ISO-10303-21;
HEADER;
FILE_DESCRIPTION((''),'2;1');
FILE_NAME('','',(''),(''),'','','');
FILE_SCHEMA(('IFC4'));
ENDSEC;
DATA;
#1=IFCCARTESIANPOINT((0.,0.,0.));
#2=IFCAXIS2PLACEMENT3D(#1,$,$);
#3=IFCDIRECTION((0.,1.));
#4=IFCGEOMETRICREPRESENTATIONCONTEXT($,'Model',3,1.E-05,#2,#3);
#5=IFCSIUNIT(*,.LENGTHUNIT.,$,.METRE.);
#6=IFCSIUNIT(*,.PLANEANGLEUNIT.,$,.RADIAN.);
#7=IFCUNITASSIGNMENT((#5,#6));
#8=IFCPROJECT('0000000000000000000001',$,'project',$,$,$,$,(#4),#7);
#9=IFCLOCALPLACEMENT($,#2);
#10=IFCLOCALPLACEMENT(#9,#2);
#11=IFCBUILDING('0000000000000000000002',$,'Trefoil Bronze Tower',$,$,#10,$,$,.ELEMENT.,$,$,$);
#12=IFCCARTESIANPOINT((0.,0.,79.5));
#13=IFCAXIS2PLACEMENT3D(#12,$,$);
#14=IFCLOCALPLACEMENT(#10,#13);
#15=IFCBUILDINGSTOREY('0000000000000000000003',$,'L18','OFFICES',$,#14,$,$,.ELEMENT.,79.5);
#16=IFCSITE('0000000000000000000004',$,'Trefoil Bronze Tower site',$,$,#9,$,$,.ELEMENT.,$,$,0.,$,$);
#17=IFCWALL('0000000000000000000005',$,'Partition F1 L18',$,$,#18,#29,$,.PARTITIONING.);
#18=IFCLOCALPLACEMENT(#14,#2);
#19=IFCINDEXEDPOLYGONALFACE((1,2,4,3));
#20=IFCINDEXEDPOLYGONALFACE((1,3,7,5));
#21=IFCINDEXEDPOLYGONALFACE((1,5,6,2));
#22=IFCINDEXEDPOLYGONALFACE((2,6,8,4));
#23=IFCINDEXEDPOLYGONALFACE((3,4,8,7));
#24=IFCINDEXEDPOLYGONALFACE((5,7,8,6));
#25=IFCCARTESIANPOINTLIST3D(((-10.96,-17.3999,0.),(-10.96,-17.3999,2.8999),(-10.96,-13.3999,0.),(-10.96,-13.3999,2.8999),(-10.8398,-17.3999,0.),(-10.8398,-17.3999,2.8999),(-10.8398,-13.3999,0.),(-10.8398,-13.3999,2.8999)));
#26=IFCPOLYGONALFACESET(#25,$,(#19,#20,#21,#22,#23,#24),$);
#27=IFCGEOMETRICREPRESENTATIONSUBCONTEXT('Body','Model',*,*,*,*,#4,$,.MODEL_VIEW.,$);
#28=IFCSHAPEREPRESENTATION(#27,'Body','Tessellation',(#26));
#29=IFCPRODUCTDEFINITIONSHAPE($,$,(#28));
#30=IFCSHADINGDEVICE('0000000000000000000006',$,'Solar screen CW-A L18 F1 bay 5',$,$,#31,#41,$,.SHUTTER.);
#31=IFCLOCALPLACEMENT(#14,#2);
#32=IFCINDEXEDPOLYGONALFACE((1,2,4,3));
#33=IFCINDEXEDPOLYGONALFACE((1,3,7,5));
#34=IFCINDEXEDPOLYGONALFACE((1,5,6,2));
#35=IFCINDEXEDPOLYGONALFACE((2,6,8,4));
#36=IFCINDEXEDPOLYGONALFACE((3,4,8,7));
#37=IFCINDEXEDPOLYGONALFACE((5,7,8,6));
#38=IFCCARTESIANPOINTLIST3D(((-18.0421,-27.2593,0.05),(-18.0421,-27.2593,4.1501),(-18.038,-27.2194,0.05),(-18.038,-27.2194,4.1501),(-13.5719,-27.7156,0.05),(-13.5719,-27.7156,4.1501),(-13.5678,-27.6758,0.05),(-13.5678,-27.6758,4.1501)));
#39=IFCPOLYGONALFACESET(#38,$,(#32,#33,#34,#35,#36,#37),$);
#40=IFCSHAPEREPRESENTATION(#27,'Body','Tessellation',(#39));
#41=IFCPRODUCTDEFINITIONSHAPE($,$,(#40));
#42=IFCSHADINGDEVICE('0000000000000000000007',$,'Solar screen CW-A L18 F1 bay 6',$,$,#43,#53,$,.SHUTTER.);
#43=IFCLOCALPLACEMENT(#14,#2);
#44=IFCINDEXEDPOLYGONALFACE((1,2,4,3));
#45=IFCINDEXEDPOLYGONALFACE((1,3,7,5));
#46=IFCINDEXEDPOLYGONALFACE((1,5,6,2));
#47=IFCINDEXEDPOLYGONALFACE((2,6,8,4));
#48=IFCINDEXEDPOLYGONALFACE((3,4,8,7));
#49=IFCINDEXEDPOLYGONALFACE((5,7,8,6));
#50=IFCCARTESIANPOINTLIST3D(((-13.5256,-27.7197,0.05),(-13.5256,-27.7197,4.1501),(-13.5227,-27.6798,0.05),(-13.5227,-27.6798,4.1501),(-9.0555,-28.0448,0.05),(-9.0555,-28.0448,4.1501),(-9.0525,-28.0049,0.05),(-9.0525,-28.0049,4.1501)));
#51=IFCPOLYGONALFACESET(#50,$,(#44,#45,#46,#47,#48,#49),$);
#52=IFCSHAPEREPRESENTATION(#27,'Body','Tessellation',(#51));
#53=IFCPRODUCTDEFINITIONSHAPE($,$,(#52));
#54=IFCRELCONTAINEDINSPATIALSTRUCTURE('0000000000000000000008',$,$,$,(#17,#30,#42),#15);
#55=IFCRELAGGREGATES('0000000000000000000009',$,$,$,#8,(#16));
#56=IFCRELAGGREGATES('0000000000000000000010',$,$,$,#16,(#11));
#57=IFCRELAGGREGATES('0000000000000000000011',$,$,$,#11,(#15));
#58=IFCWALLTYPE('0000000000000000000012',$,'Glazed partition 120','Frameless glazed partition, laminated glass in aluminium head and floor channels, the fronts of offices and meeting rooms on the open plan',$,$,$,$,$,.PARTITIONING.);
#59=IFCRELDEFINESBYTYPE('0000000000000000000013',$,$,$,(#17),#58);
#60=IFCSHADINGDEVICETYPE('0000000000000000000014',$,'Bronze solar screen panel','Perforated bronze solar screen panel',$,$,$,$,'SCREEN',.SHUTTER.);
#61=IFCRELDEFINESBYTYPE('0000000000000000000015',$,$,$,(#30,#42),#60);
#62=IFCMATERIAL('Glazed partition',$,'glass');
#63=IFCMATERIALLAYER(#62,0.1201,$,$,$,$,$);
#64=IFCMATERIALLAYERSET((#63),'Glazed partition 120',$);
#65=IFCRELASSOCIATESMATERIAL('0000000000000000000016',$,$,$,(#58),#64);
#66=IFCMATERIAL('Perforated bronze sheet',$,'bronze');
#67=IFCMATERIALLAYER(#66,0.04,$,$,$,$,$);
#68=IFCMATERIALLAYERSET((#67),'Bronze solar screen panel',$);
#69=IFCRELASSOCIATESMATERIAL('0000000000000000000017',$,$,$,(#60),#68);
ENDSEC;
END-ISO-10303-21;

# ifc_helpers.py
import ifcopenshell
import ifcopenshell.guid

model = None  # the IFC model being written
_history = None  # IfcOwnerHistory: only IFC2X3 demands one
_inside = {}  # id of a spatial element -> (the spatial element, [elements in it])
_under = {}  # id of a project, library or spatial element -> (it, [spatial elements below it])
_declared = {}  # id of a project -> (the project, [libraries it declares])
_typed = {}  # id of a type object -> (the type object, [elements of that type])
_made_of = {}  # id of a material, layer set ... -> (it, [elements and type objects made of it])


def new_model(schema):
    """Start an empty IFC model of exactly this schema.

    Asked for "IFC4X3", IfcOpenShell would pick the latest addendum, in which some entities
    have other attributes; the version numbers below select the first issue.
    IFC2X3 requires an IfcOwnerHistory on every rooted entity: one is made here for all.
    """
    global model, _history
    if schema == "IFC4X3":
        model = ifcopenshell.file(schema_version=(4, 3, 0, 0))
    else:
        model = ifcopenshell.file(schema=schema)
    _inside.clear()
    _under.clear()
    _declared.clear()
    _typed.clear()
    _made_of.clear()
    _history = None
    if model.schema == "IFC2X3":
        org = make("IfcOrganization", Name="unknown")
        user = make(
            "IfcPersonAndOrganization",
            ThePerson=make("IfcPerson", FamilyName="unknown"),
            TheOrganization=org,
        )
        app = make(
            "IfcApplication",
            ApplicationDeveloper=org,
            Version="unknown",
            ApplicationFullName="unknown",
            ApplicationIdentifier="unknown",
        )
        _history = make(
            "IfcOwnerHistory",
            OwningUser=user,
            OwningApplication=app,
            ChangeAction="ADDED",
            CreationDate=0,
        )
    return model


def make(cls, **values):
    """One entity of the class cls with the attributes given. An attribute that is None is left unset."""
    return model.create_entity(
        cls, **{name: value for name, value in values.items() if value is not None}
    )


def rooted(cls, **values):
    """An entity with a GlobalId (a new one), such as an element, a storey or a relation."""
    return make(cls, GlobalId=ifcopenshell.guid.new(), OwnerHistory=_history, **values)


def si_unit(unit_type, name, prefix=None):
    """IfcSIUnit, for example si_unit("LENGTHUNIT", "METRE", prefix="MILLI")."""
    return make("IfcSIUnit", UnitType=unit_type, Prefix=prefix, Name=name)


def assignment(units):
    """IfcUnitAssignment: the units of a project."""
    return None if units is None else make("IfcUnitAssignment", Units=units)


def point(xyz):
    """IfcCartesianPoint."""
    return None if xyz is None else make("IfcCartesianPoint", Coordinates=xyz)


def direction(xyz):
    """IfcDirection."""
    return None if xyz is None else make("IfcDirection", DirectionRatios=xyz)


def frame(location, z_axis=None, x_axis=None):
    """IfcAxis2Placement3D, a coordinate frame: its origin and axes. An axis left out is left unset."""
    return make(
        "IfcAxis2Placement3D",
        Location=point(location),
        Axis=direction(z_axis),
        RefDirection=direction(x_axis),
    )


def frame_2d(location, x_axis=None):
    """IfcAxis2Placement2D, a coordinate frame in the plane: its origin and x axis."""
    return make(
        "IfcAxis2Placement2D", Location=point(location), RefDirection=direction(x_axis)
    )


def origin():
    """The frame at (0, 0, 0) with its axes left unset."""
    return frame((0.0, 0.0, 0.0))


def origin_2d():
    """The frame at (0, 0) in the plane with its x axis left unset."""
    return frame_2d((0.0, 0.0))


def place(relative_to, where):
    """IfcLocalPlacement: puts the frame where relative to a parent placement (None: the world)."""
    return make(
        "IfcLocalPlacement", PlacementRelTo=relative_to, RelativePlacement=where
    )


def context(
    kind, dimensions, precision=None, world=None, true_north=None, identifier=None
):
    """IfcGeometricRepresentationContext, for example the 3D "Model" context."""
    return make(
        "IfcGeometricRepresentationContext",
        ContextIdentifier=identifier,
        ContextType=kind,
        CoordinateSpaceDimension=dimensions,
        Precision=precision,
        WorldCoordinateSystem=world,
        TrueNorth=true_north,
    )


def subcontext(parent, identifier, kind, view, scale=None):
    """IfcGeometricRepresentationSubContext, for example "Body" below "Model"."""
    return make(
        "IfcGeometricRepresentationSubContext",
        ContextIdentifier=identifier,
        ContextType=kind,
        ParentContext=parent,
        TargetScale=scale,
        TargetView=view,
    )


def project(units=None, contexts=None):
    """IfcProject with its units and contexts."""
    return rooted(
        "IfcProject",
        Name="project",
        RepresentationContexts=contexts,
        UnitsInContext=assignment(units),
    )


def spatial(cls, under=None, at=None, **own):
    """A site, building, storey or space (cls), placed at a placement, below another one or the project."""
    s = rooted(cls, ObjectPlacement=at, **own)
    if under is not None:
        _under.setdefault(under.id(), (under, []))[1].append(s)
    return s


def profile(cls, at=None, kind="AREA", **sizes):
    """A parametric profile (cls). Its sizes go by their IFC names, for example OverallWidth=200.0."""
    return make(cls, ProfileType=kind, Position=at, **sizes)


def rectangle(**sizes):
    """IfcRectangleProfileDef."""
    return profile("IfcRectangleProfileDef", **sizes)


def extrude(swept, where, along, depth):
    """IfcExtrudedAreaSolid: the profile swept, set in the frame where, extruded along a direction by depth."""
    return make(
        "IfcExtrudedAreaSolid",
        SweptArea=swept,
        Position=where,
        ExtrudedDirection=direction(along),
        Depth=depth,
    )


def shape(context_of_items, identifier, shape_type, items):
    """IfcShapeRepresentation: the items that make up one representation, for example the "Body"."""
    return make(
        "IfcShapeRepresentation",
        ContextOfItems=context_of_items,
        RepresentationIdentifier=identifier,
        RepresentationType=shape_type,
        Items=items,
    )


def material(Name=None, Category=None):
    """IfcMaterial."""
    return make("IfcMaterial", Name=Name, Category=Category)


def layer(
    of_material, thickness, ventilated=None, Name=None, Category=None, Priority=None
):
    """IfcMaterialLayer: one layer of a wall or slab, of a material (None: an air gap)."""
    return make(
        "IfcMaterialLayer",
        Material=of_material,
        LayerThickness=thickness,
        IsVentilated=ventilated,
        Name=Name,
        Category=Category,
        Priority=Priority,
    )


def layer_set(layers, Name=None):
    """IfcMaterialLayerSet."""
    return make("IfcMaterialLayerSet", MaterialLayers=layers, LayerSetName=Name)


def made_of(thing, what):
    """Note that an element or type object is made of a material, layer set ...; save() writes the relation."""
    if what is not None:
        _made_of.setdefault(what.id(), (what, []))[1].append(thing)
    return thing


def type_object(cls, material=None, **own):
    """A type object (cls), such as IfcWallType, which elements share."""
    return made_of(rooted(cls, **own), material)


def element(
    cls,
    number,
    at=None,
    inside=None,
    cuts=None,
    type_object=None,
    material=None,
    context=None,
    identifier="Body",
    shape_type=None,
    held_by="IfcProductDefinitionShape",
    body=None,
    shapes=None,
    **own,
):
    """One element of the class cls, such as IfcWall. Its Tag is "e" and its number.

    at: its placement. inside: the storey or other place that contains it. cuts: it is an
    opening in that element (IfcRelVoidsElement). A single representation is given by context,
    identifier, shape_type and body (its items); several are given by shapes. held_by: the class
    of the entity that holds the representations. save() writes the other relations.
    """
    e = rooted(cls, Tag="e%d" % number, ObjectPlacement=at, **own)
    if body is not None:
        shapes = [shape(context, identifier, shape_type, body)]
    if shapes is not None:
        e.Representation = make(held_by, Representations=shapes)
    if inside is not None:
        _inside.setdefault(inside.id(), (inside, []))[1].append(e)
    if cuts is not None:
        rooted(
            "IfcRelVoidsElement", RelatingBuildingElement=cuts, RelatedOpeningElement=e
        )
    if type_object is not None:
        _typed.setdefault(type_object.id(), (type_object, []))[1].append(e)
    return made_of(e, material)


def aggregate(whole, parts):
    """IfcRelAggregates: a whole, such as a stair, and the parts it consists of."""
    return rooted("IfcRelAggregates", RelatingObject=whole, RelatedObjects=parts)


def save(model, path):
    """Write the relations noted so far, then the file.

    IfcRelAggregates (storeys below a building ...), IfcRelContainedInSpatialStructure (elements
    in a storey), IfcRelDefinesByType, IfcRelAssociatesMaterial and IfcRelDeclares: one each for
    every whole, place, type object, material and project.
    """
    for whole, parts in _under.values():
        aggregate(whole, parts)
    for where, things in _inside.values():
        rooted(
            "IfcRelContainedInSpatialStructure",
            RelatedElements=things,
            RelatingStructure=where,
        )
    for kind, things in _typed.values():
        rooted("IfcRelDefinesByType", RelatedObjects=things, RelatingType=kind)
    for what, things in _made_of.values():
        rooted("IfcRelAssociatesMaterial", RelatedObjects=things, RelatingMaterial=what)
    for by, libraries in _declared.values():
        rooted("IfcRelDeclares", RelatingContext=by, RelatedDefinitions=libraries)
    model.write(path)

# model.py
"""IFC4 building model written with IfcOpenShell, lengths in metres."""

from ifc_helpers import new_model, si_unit, direction, frame, frame_2d, origin, origin_2d, place, context, subcontext, project, spatial, rectangle, extrude, material, layer, layer_set, type_object, element, save


model = new_model("IFC4")

# Units and contexts
model_context = context("Model", 3, precision=1e-05, world=origin(), true_north=direction((0.0, 1.0)))
body_context = subcontext(model_context, "Body", "Model", "MODEL_VIEW")
ifc_project = project(units=[si_unit("LENGTHUNIT", "METRE"), si_unit("PLANEANGLEUNIT", "RADIAN")], contexts=[model_context])

# Site, building, storey
site_placement = place(None, origin())
site = spatial("IfcSite", under=ifc_project, at=site_placement, Name="Trefoil Bronze Tower site", CompositionType="ELEMENT", RefElevation=0.0)
building_placement = place(site_placement, origin())
building = spatial("IfcBuilding", under=site, at=building_placement, Name="Trefoil Bronze Tower", CompositionType="ELEMENT")
storey_placement = place(building_placement, frame((0.0, 0.0, 79.5)))
storey = spatial("IfcBuildingStorey", under=building, at=storey_placement, Name="L18", Description="OFFICES", CompositionType="ELEMENT", Elevation=79.5)

# Shared definitions
ifc_material_1 = material(Name="Glazed partition", Category="glass")
ifc_layer_1 = layer(ifc_material_1, 0.1201)
ifc_layer_set_1 = layer_set([ifc_layer_1], Name="Glazed partition 120")
wall_type = type_object("IfcWallType", Name="Glazed partition 120", Description="Frameless glazed partition, laminated glass in aluminium head and floor channels, the fronts of offices and meeting rooms on the open plan", PredefinedType="PARTITIONING", material=ifc_layer_set_1)

# Wall
wall_1_placement = place(storey_placement, frame((-10.8999, -13.3999, 0.0), z_axis=(0.0, 0.0, 1.0), x_axis=(0.0, -1.0, 0.0)))
element("IfcWall", 1, at=wall_1_placement, inside=storey, type_object=wall_type, Name="Partition F1 L18", PredefinedType="PARTITIONING", context=body_context, shape_type="SweptSolid", body=[
    extrude(rectangle(XDim=4.0, YDim=0.1201, at=frame_2d((2.0, 0.0))), origin(), (0.0, 0.0, 1.0), 2.8999),
])

# Shading devices
ifc_material_2 = material(Name="Perforated bronze sheet", Category="bronze")
ifc_layer_2 = layer(ifc_material_2, 0.04)
ifc_layer_set_2 = layer_set([ifc_layer_2], Name="Bronze solar screen panel")
shading_device_type = type_object("IfcShadingDeviceType", Name="Bronze solar screen panel", Description="Perforated bronze solar screen panel", ElementType="SCREEN", PredefinedType="SHUTTER", material=ifc_layer_set_2)
shading_device_1_placement = place(storey_placement, frame((-15.8049, -27.4675, 0.05), z_axis=(0.0, 0.0, 1.0), x_axis=(0.994829, -0.101565, 0.0)))
element("IfcShadingDevice", 2, at=shading_device_1_placement, inside=storey, type_object=shading_device_type, Name="Solar screen CW-A L18 F1 bay 5", PredefinedType="SHUTTER", context=body_context, shape_type="SweptSolid", body=[
    extrude(rectangle(XDim=4.4934, YDim=0.04, at=origin_2d()), origin(), (0.0, 0.0, 1.0), 4.1001),
])
shading_device_2_placement = place(storey_placement, frame((-11.2891, -27.8623, 0.05), z_axis=(0.0, 0.0, 1.0), x_axis=(0.997365, -0.072547, 0.0)))
element("IfcShadingDevice", 3, at=shading_device_2_placement, inside=storey, type_object=shading_device_type, Name="Solar screen CW-A L18 F1 bay 6", PredefinedType="SHUTTER", context=body_context, shape_type="SweptSolid", body=[
    extrude(rectangle(XDim=4.4819, YDim=0.04, at=origin_2d()), origin(), (0.0, 0.0, 1.0), 4.1001),
])

save(model, "model.ifc")
